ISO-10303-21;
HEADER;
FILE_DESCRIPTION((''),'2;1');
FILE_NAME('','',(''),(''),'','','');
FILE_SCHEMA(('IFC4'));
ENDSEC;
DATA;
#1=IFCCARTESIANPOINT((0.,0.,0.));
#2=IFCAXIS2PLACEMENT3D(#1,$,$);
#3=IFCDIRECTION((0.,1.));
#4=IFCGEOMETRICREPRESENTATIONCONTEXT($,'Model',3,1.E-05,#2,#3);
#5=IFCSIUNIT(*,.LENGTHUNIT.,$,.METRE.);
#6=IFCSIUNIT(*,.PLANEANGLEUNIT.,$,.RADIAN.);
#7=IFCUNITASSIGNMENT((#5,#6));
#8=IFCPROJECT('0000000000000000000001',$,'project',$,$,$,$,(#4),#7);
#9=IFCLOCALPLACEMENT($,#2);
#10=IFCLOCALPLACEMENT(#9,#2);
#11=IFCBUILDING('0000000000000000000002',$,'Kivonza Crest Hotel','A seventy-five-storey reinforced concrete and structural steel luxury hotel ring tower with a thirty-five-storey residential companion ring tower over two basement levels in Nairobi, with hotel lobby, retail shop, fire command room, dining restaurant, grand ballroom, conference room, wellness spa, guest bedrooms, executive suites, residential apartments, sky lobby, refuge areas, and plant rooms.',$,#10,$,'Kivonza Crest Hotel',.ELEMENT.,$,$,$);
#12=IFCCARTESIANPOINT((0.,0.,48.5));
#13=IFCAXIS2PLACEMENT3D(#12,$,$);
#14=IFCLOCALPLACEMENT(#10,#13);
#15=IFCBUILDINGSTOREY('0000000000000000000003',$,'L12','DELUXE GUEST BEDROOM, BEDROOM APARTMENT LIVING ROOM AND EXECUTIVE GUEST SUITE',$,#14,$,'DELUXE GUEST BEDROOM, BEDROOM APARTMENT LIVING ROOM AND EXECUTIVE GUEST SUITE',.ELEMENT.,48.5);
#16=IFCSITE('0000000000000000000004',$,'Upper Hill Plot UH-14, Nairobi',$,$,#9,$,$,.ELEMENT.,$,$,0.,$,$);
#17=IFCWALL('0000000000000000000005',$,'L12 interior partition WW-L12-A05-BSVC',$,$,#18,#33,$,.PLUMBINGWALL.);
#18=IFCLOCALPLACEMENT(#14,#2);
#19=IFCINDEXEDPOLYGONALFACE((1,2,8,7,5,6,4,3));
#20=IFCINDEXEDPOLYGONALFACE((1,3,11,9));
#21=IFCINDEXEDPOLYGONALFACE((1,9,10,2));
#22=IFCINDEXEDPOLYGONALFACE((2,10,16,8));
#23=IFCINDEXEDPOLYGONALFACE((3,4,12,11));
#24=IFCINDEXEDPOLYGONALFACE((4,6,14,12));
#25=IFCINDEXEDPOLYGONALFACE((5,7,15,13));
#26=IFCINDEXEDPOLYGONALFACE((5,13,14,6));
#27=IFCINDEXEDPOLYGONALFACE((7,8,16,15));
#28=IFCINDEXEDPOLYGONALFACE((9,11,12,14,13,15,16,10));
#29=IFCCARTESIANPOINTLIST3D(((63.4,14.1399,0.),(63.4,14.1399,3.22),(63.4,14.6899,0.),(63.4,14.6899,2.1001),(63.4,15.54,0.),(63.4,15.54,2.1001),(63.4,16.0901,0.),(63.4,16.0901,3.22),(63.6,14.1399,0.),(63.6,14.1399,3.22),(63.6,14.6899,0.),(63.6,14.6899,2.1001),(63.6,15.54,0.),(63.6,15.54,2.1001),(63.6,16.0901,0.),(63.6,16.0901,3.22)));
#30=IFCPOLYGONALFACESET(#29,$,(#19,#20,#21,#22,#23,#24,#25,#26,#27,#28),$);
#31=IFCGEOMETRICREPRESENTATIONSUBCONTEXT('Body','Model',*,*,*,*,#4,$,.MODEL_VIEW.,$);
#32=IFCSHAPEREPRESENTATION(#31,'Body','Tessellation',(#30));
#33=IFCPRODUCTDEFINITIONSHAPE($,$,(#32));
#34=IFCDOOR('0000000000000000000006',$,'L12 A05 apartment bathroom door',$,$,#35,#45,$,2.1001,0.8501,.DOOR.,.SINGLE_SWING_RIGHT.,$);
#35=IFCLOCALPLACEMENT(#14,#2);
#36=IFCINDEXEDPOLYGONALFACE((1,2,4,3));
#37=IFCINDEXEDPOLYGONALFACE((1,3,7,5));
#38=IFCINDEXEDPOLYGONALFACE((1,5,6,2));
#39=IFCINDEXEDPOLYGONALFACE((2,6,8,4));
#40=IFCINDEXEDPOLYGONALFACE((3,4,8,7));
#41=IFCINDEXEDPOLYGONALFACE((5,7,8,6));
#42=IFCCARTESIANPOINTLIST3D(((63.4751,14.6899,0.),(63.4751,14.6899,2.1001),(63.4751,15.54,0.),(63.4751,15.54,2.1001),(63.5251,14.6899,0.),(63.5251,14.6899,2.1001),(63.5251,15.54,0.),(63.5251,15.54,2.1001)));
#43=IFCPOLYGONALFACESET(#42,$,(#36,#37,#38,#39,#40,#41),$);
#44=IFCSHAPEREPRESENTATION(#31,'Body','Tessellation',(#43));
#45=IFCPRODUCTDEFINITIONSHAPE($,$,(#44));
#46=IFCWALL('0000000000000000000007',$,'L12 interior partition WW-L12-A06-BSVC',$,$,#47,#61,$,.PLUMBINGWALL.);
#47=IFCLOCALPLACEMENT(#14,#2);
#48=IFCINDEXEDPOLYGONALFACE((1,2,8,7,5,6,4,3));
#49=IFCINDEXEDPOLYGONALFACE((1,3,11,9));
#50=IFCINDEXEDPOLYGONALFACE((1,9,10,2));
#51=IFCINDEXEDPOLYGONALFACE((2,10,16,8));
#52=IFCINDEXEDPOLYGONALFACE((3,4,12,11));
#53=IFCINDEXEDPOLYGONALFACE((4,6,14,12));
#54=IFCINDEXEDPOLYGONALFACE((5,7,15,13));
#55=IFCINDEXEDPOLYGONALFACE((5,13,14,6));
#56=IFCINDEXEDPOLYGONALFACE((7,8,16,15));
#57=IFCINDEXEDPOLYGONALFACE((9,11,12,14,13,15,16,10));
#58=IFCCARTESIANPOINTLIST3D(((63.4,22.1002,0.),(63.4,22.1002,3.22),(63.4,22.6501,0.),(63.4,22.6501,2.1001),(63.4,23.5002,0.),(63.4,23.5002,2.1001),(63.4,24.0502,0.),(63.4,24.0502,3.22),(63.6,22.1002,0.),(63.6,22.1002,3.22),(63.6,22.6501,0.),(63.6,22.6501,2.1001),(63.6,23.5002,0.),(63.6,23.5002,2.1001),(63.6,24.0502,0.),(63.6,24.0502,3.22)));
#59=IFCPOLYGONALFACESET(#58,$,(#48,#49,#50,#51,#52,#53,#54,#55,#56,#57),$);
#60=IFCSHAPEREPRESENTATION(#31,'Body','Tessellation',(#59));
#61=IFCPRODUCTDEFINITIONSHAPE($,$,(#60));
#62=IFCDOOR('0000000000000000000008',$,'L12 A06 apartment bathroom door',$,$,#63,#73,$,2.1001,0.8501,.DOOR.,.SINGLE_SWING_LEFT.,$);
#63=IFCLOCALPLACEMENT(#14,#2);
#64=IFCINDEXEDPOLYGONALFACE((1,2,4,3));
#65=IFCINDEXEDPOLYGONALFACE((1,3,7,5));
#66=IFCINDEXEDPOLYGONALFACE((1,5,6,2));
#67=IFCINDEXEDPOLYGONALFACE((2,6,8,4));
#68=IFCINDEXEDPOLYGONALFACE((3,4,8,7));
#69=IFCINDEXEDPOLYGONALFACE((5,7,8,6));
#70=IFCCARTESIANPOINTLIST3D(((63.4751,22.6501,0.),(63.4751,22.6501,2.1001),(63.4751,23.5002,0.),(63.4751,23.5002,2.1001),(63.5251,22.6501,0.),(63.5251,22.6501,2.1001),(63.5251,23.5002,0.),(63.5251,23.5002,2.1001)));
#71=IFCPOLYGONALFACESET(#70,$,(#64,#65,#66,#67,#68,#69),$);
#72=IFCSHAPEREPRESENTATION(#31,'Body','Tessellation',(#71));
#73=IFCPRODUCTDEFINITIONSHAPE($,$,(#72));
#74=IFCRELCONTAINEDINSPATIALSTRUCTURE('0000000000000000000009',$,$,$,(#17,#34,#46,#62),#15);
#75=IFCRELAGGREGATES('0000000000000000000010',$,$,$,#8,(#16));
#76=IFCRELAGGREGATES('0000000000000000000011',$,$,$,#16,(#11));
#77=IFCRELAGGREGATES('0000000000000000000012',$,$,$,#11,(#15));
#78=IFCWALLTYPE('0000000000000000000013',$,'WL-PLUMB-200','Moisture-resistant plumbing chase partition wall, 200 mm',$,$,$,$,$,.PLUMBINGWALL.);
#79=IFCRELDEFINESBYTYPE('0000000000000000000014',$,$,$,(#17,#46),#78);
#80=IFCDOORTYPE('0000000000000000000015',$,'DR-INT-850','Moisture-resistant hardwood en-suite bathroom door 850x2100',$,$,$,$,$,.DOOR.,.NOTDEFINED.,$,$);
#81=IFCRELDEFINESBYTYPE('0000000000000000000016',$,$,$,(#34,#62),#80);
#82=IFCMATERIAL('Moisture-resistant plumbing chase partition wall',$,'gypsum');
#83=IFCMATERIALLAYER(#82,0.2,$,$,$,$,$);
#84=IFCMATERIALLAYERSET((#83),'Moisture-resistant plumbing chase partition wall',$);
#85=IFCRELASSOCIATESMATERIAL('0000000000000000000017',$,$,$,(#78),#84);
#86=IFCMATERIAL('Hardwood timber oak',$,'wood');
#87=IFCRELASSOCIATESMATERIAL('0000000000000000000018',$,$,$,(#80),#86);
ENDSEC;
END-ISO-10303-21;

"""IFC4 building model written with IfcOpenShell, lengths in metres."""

from ifc_helpers import new_model, si_unit, direction, frame, frame_2d, origin, place, context, subcontext, project, spatial, rectangle, extrude, material, layer, layer_set, type_object, element, fill, save


model = new_model("IFC4")

# Units and contexts
model_context = context("Model", 3, precision=1e-05, world=origin(), true_north=direction((0.0, 1.0)))
body_context = subcontext(model_context, "Body", "Model", "MODEL_VIEW")
ifc_project = project(units=[si_unit("LENGTHUNIT", "METRE"), si_unit("PLANEANGLEUNIT", "RADIAN")], contexts=[model_context])

# Site, building, storey
site_placement = place(None, origin())
site = spatial("IfcSite", under=ifc_project, at=site_placement, Name="Upper Hill Plot UH-14, Nairobi", CompositionType="ELEMENT", RefElevation=0.0)
building_placement = place(site_placement, origin())
building = spatial("IfcBuilding", under=site, at=building_placement, Name="Kivonza Crest Hotel", Description="A seventy-five-storey reinforced concrete and structural steel luxury hotel ring tower with a thirty-five-storey residential companion ring tower over two basement levels in Nairobi, with hotel lobby, retail shop, fire command room, dining restaurant, grand ballroom, conference room, wellness spa, guest bedrooms, executive suites, residential apartments, sky lobby, refuge areas, and plant rooms.", LongName="Kivonza Crest Hotel", CompositionType="ELEMENT")
storey_placement = place(building_placement, frame((0.0, 0.0, 48.5)))
storey = spatial("IfcBuildingStorey", under=building, at=storey_placement, Name="L12", Description="DELUXE GUEST BEDROOM, BEDROOM APARTMENT LIVING ROOM AND EXECUTIVE GUEST SUITE", LongName="DELUXE GUEST BEDROOM, BEDROOM APARTMENT LIVING ROOM AND EXECUTIVE GUEST SUITE", CompositionType="ELEMENT", Elevation=48.5)

# Walls, openings, doors
ifc_material_1 = material(Name="Hardwood timber oak", Category="wood")
ifc_material_2 = material(Name="Moisture-resistant plumbing chase partition wall", Category="gypsum")
ifc_layer_1 = layer(ifc_material_2, 0.2)
ifc_layer_set_1 = layer_set([ifc_layer_1], Name="Moisture-resistant plumbing chase partition wall")
wall_type_1 = type_object("IfcWallType", Name="WL-PLUMB-200", Description="Moisture-resistant plumbing chase partition wall, 200 mm", PredefinedType="PLUMBINGWALL", material=ifc_layer_set_1)
wall_1_placement = place(storey_placement, frame((63.5, 14.1399, 0.0), z_axis=(0.0, 0.0, 1.0), x_axis=(0.0, 1.0, 0.0)))
wall_1 = element("IfcWall", 1, at=wall_1_placement, inside=storey, type_object=wall_type_1, Name="L12 interior partition WW-L12-A05-BSVC", PredefinedType="PLUMBINGWALL", context=body_context, shape_type="SweptSolid", body=[
    extrude(rectangle(XDim=1.9502, YDim=0.2, at=frame_2d((0.9751, 0.0))), origin(), (0.0, 0.0, 1.0), 3.22),
])
opening_1_placement = place(wall_1_placement, frame((0.55, 0.0, 0.0)))
opening_1 = element("IfcOpeningElement", 2, at=opening_1_placement, cuts=wall_1, PredefinedType="OPENING", context=body_context, shape_type="SweptSolid", body=[
    extrude(rectangle(XDim=0.8501, YDim=2.1001, at=frame_2d((0.425, 1.05))), frame((0.0, 0.1099, 0.0), z_axis=(0.0, -1.0, 0.0), x_axis=(1.0, 0.0, 0.0)), (0.0, 0.0, 1.0), 0.22),
])
door_type_1 = type_object("IfcDoorType", Name="DR-INT-850", Description="Moisture-resistant hardwood en-suite bathroom door 850x2100", OperationType="NOTDEFINED", PredefinedType="DOOR", material=ifc_material_1)
door_1_placement = place(opening_1_placement, origin())
door_1 = element("IfcDoor", 3, at=door_1_placement, inside=storey, type_object=door_type_1, Name="L12 A05 apartment bathroom door", OperationType="SINGLE_SWING_RIGHT", OverallHeight=2.1001, OverallWidth=0.8501, PredefinedType="DOOR", context=body_context, shape_type="SweptSolid", body=[
    extrude(rectangle(XDim=0.8501, YDim=2.1001, at=frame_2d((0.425, 1.05))), frame((0.0, 0.0249, 0.0), z_axis=(0.0, -1.0, 0.0), x_axis=(1.0, 0.0, 0.0)), (0.0, 0.0, 1.0), 0.05),
])
fill(opening_1, door_1)
wall_2_placement = place(storey_placement, frame((63.5, 22.1001, 0.0), z_axis=(0.0, 0.0, 1.0), x_axis=(0.0, 1.0, 0.0)))
wall_2 = element("IfcWall", 4, at=wall_2_placement, inside=storey, type_object=wall_type_1, Name="L12 interior partition WW-L12-A06-BSVC", PredefinedType="PLUMBINGWALL", context=body_context, shape_type="SweptSolid", body=[
    extrude(rectangle(XDim=1.95, YDim=0.2, at=frame_2d((0.9751, 0.0))), origin(), (0.0, 0.0, 1.0), 3.22),
])
opening_2_placement = place(wall_2_placement, frame((0.55, 0.0, 0.0)))
opening_2 = element("IfcOpeningElement", 5, at=opening_2_placement, cuts=wall_2, PredefinedType="OPENING", context=body_context, shape_type="SweptSolid", body=[
    extrude(rectangle(XDim=0.8501, YDim=2.1001, at=frame_2d((0.425, 1.05))), frame((0.0, 0.1099, 0.0), z_axis=(0.0, -1.0, 0.0), x_axis=(1.0, 0.0, 0.0)), (0.0, 0.0, 1.0), 0.22),
])
door_2_placement = place(opening_2_placement, origin())
door_2 = element("IfcDoor", 6, at=door_2_placement, inside=storey, type_object=door_type_1, Name="L12 A06 apartment bathroom door", OperationType="SINGLE_SWING_LEFT", OverallHeight=2.1001, OverallWidth=0.8501, PredefinedType="DOOR", context=body_context, shape_type="SweptSolid", body=[
    extrude(rectangle(XDim=0.8501, YDim=2.1001, at=frame_2d((0.425, 1.05))), frame((0.0, 0.0249, 0.0), z_axis=(0.0, -1.0, 0.0), x_axis=(1.0, 0.0, 0.0)), (0.0, 0.0, 1.0), 0.05),
])
fill(opening_2, door_2)

save(model, "model.ifc")
